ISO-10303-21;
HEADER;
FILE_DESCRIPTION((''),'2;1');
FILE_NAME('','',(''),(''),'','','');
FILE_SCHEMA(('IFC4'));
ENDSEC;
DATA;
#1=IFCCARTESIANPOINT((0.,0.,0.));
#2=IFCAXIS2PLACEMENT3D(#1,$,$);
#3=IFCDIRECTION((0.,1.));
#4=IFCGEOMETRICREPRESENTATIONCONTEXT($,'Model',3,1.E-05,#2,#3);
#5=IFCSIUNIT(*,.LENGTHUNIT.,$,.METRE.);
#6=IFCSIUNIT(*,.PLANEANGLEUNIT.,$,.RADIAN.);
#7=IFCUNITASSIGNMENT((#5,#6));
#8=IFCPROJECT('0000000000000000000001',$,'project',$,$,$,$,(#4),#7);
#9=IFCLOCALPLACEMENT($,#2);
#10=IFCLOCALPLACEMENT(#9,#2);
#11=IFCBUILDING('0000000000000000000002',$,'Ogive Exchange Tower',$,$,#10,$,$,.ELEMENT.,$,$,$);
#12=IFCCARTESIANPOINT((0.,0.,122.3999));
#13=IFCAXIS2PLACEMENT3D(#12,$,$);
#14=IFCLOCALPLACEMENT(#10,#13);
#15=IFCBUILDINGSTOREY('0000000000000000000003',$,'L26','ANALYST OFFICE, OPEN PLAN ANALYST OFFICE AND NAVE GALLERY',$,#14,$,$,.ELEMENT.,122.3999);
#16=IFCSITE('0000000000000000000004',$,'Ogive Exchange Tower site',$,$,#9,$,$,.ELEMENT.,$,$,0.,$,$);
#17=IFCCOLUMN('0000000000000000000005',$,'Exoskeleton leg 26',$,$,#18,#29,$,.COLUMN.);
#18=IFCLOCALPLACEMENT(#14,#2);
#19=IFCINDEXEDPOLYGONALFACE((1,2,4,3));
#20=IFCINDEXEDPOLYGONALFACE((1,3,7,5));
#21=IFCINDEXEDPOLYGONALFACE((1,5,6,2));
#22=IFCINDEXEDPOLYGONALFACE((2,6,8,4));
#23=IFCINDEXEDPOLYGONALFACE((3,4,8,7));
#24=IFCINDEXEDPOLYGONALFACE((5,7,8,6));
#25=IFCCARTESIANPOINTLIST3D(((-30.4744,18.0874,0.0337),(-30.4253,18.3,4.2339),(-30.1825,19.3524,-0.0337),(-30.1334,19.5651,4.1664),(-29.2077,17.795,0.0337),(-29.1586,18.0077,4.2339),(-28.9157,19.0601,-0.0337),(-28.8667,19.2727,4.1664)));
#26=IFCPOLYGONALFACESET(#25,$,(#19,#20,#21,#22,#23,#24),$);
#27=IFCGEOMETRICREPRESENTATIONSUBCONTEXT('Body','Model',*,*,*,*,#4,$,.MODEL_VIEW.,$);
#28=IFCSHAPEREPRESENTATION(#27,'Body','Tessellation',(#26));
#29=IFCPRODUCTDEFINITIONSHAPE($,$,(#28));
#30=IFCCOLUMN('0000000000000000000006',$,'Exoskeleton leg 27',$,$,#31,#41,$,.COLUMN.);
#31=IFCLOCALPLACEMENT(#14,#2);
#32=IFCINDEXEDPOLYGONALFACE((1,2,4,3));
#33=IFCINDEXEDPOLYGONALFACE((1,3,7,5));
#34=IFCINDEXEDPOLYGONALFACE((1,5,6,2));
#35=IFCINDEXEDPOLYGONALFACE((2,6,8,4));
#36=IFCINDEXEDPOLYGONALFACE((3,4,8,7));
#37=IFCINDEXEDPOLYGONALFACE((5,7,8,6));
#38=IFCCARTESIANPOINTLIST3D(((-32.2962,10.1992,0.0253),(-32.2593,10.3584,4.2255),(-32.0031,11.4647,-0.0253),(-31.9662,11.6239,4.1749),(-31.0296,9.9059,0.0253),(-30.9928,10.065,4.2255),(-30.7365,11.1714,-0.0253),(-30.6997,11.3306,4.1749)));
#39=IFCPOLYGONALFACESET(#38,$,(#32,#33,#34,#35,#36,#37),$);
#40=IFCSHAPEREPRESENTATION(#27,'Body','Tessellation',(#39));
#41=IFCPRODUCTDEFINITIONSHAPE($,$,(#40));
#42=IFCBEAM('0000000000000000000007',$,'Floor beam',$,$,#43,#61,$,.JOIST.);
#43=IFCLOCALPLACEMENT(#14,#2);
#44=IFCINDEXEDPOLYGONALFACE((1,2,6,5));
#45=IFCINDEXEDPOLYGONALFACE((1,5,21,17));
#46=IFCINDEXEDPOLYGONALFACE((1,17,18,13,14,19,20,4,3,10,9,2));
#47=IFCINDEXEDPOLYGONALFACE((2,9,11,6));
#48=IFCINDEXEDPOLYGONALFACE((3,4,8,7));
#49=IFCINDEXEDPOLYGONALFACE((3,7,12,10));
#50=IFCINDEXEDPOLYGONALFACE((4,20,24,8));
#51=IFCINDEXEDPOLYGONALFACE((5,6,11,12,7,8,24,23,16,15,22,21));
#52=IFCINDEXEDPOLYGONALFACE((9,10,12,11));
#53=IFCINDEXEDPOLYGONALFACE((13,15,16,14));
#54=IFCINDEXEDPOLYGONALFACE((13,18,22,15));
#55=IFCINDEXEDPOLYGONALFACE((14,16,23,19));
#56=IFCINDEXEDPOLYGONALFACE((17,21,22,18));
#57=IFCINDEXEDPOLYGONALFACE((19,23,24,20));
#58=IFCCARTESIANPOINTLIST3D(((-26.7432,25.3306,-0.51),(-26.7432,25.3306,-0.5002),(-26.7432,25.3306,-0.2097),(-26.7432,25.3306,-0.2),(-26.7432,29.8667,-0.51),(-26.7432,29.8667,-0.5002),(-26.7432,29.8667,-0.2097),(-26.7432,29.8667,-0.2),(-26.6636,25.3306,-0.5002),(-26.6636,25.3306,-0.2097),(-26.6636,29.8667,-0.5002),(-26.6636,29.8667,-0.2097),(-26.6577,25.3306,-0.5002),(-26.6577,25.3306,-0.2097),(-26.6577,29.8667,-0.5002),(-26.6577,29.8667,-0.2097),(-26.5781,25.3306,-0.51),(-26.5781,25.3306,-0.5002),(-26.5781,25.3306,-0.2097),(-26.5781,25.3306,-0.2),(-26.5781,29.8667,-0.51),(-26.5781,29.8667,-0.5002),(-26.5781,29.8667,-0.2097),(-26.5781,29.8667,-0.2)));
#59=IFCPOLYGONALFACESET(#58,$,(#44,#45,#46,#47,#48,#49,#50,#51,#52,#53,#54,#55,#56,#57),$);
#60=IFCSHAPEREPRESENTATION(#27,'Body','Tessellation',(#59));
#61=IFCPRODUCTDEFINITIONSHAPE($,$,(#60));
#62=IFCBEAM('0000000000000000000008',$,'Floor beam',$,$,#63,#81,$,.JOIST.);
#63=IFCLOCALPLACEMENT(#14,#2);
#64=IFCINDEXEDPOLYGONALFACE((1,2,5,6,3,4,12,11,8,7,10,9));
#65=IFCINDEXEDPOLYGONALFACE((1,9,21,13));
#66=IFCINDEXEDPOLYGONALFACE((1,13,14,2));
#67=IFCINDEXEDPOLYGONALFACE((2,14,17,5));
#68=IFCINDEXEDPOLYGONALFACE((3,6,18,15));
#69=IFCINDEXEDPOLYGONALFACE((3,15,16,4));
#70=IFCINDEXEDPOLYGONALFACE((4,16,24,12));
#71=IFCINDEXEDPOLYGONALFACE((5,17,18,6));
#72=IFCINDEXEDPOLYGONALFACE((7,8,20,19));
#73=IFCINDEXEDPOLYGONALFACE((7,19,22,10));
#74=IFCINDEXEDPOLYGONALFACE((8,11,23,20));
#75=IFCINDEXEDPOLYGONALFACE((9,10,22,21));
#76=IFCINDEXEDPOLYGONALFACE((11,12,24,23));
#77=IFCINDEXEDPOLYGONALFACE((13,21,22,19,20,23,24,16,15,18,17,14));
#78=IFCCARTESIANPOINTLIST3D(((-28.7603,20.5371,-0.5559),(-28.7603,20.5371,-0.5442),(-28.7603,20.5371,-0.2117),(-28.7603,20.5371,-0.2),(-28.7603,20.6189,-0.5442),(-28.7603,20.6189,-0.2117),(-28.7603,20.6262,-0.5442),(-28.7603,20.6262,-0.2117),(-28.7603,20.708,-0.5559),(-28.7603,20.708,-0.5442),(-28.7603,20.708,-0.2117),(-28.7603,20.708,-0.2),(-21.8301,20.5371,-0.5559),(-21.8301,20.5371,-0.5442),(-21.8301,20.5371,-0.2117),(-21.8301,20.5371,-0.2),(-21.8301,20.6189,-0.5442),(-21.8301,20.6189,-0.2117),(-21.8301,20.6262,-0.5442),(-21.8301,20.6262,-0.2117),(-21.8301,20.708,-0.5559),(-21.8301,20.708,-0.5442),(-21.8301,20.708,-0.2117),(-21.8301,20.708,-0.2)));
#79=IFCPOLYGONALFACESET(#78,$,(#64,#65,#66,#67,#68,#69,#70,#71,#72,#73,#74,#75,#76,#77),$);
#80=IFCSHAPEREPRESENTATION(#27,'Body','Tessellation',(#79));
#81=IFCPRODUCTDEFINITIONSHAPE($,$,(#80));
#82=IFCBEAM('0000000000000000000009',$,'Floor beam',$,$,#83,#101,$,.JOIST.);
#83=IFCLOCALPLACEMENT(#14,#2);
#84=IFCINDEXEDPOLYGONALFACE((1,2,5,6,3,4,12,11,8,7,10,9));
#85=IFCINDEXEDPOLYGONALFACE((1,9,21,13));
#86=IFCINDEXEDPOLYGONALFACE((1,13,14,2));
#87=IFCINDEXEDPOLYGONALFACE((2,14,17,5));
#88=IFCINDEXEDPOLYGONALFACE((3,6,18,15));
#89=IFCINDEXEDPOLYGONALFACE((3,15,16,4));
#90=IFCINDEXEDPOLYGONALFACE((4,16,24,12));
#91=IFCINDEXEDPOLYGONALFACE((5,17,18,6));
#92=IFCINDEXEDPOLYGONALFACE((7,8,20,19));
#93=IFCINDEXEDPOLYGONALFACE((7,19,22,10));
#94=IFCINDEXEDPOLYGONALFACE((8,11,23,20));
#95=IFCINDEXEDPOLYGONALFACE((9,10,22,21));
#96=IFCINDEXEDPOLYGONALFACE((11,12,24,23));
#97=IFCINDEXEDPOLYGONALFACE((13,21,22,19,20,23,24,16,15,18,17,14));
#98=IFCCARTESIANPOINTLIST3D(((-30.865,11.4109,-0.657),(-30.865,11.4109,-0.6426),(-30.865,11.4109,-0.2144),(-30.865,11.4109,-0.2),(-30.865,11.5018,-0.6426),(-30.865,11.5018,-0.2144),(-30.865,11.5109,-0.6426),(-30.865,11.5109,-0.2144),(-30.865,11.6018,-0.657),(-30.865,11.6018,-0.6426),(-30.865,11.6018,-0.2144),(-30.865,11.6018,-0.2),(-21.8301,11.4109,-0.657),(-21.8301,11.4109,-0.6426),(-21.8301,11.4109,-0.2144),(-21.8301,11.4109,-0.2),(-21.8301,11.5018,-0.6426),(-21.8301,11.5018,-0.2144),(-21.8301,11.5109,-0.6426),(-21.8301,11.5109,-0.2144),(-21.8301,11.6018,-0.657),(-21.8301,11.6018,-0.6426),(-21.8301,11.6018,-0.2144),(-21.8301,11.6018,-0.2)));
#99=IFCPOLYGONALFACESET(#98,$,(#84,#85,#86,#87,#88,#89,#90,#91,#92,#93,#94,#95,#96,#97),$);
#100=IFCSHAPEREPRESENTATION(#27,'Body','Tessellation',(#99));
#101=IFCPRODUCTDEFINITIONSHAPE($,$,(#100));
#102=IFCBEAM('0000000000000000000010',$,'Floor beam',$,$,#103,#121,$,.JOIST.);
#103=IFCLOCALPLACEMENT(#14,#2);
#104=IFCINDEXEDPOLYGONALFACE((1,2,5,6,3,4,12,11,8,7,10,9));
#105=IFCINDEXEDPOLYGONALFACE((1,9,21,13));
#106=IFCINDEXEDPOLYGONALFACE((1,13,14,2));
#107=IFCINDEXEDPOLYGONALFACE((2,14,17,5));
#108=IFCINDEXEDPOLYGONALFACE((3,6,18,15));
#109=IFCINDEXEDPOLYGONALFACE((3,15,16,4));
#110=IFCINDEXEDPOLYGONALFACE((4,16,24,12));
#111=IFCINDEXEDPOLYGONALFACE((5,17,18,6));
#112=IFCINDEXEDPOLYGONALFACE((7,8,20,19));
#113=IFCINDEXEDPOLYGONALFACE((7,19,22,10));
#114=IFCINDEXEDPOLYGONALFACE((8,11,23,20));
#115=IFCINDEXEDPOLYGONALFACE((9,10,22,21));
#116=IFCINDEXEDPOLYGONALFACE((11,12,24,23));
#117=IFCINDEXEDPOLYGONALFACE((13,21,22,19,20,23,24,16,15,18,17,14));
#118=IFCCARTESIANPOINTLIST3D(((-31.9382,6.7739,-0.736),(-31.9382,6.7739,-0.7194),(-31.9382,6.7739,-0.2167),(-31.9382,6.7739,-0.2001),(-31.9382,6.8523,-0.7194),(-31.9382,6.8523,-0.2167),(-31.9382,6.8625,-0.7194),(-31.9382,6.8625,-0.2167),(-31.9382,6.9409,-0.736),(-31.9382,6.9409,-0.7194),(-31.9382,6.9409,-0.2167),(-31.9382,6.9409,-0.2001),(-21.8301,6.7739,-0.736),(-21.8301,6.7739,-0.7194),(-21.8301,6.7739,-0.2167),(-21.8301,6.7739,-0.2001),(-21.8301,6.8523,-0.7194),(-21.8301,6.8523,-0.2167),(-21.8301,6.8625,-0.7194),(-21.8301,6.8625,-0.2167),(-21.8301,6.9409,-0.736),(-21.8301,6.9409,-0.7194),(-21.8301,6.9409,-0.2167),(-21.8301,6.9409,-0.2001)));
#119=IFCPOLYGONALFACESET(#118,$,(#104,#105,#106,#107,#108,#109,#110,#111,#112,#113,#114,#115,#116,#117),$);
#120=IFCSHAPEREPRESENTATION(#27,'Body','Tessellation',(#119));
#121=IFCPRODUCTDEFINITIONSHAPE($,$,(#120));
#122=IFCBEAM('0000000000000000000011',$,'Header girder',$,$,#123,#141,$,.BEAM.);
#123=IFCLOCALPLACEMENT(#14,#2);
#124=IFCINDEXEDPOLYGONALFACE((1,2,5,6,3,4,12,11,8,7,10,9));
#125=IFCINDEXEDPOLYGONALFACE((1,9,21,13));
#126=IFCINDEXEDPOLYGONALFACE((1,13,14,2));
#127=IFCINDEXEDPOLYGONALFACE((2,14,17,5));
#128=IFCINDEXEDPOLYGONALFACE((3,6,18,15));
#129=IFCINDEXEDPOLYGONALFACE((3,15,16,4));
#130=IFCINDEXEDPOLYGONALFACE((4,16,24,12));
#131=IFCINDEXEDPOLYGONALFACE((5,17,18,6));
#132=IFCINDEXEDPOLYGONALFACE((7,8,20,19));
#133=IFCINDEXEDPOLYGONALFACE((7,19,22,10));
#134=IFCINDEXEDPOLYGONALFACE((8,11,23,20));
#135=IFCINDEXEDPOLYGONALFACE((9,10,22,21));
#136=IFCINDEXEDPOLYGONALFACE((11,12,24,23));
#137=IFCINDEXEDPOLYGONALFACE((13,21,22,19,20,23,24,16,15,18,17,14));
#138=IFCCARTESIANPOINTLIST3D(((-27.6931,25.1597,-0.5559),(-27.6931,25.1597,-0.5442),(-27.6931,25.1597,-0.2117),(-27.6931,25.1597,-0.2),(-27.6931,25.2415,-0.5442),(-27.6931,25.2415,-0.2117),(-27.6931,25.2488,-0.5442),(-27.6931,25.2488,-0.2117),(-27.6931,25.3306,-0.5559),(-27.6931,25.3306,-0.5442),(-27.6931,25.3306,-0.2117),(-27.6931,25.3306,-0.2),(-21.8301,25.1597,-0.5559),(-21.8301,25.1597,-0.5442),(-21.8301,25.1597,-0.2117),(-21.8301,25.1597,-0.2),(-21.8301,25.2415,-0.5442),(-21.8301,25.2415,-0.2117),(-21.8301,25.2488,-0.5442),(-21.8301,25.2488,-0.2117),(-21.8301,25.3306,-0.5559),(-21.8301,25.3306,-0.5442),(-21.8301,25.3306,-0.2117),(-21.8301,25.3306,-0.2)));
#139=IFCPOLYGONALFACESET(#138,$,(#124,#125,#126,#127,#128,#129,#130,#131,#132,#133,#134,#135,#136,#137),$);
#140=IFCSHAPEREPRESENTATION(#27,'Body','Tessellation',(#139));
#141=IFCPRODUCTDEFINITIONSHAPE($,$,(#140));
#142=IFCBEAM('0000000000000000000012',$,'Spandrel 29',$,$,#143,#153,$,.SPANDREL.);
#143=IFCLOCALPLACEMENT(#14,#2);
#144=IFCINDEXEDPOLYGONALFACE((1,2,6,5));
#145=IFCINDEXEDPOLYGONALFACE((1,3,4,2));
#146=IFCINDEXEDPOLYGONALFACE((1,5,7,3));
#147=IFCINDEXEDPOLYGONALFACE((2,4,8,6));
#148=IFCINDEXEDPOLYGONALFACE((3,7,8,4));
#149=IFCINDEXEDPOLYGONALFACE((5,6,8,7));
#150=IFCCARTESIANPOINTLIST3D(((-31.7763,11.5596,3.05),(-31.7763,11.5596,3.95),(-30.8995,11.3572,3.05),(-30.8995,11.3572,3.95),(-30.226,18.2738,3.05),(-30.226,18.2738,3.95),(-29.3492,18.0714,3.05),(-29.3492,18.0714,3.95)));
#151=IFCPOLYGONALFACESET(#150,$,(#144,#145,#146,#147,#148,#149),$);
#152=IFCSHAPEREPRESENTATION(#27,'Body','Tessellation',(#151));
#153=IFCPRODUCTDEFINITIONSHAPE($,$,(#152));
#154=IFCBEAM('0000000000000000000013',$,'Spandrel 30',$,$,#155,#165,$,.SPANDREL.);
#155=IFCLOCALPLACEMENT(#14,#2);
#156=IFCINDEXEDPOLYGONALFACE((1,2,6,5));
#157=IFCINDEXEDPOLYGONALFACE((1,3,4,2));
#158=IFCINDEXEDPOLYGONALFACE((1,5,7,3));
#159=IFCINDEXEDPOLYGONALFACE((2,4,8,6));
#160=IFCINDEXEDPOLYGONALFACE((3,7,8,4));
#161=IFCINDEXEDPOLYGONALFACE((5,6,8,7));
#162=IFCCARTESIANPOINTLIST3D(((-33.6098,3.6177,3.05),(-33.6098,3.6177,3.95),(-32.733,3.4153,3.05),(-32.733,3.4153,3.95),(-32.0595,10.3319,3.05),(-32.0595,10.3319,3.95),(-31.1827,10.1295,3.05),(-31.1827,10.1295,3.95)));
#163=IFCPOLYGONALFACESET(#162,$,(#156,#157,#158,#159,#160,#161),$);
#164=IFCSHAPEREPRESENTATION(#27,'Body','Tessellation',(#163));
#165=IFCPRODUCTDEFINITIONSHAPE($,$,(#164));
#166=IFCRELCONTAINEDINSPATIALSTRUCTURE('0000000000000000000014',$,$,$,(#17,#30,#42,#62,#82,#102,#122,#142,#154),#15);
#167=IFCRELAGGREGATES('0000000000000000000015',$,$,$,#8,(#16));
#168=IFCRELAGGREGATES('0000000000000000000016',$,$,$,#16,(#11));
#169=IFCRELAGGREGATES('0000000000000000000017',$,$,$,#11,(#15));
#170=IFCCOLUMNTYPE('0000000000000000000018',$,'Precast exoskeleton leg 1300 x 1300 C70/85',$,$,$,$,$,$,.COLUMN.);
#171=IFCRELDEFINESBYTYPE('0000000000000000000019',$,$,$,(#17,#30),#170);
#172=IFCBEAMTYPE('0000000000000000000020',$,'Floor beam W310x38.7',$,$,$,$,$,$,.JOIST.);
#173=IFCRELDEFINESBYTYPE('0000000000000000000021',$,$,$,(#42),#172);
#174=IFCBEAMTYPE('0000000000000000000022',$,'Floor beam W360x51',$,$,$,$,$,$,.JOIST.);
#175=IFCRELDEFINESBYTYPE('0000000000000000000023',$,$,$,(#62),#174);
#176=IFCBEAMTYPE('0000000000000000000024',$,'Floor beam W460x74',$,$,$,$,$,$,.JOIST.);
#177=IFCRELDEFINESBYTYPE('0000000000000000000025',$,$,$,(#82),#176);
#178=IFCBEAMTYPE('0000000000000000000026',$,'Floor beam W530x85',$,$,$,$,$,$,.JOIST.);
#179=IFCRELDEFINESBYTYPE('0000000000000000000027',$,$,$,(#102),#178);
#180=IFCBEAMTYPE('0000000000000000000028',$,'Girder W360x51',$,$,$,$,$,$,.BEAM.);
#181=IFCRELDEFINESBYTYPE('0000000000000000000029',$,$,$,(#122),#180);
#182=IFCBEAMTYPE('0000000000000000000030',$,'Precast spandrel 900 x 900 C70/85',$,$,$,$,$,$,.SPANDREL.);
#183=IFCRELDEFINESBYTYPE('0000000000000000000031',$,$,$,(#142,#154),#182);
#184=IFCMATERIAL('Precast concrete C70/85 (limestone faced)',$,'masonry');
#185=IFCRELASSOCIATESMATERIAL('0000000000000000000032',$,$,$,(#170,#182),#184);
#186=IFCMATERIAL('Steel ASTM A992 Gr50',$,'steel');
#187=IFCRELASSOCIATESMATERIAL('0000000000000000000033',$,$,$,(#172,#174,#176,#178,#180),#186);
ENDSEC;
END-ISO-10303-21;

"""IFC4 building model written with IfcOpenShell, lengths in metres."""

from ifc_helpers import new_model, si_unit, direction, frame, origin, origin_2d, place, context, subcontext, project, spatial, rectangle, i_section, extrude, material, material_profile, profile_set, type_object, element, save


model = new_model("IFC4")

# Units and contexts
model_context = context("Model", 3, precision=1e-05, world=origin(), true_north=direction((0.0, 1.0)))
body_context = subcontext(model_context, "Body", "Model", "MODEL_VIEW")
ifc_project = project(units=[si_unit("LENGTHUNIT", "METRE"), si_unit("PLANEANGLEUNIT", "RADIAN")], contexts=[model_context])

# Site, building, storey
site_placement = place(None, origin())
site = spatial("IfcSite", under=ifc_project, at=site_placement, Name="Ogive Exchange Tower site", CompositionType="ELEMENT", RefElevation=0.0)
building_placement = place(site_placement, origin())
building = spatial("IfcBuilding", under=site, at=building_placement, Name="Ogive Exchange Tower", CompositionType="ELEMENT")
storey_placement = place(building_placement, frame((0.0, 0.0, 122.3999)))
storey = spatial("IfcBuildingStorey", under=building, at=storey_placement, Name="L26", Description="ANALYST OFFICE, OPEN PLAN ANALYST OFFICE AND NAVE GALLERY", CompositionType="ELEMENT", Elevation=122.3999)

# Columns
ifc_material_1 = material(Name="Precast concrete C70/85 (limestone faced)", Category="masonry")
ifc_material_profile_1 = material_profile(ifc_material_1, rectangle(XDim=1.3, YDim=1.3, at=origin_2d()), Name="1300 x 1300")
ifc_profile_set_1 = profile_set([ifc_material_profile_1], Name="Precast concrete C70/85 (limestone faced)")
column_type = type_object("IfcColumnType", Name="Precast exoskeleton leg 1300 x 1300 C70/85", PredefinedType="COLUMN", material=ifc_profile_set_1)
column_1_placement = place(storey_placement, frame((-29.6951, 18.5737, 0.0), z_axis=(0.011668, 0.05056, 0.998653), x_axis=(-0.974391, 0.22486, 0.0)))
element("IfcColumn", 1, at=column_1_placement, inside=storey, type_object=column_type, Name="Exoskeleton leg 26", PredefinedType="COLUMN", context=body_context, shape_type="SweptSolid", body=[
    extrude(rectangle(XDim=1.3, YDim=1.3, at=origin_2d()), origin(), (0.0, 0.0, 1.0), 4.2058),
])
column_2_placement = place(storey_placement, frame((-31.5164, 10.6853, 0.0), z_axis=(0.00877, 0.03787, 0.999244), x_axis=(-0.974215, 0.225623, 0.0)))
element("IfcColumn", 2, at=column_2_placement, inside=storey, type_object=column_type, Name="Exoskeleton leg 27", PredefinedType="COLUMN", context=body_context, shape_type="SweptSolid", body=[
    extrude(rectangle(XDim=1.3, YDim=1.3, at=origin_2d()), origin(), (0.0, 0.0, 1.0), 4.2034),
])

# Beams
ifc_material_2 = material(Name="Steel ASTM A992 Gr50", Category="steel")
ifc_material_profile_2 = material_profile(ifc_material_2, i_section(OverallWidth=0.165, OverallDepth=0.3101, WebThickness=0.0059, FlangeThickness=0.0098, at=origin_2d()), Name="W310x38.7")
ifc_profile_set_2 = profile_set([ifc_material_profile_2], Name="Steel ASTM A992 Gr50")
beam_type_1 = type_object("IfcBeamType", Name="Floor beam W310x38.7", PredefinedType="JOIST", material=ifc_profile_set_2)
beam_1_placement = place(storey_placement, frame((-26.6606, 25.3306, -0.355), z_axis=(0.0, 1.0, 0.0), x_axis=(-1.0, 0.0, 0.0)))
element("IfcBeam", 3, at=beam_1_placement, inside=storey, type_object=beam_type_1, Name="Floor beam", PredefinedType="JOIST", context=body_context, shape_type="SweptSolid", body=[
    extrude(i_section(OverallWidth=0.165, OverallDepth=0.3101, WebThickness=0.0059, FlangeThickness=0.0098, at=origin_2d()), origin(), (0.0, 0.0, 1.0), 4.5361),
])
ifc_material_profile_3 = material_profile(ifc_material_2, i_section(OverallWidth=0.1709, OverallDepth=0.356, WebThickness=0.0073, FlangeThickness=0.0117, at=origin_2d()), Name="W360x51")
ifc_profile_set_3 = profile_set([ifc_material_profile_3], Name="Steel ASTM A992 Gr50")
beam_type_2 = type_object("IfcBeamType", Name="Floor beam W360x51", PredefinedType="JOIST", material=ifc_profile_set_3)
beam_2_placement = place(storey_placement, frame((-28.7603, 20.6226, -0.3779), z_axis=(1.0, 0.0, 0.0), x_axis=(0.0, 1.0, 0.0)))
element("IfcBeam", 4, at=beam_2_placement, inside=storey, type_object=beam_type_2, Name="Floor beam", PredefinedType="JOIST", context=body_context, shape_type="SweptSolid", body=[
    extrude(i_section(OverallWidth=0.1709, OverallDepth=0.356, WebThickness=0.0073, FlangeThickness=0.0117, at=origin_2d()), origin(), (0.0, 0.0, 1.0), 6.9302),
])
ifc_material_profile_4 = material_profile(ifc_material_2, i_section(OverallWidth=0.1909, OverallDepth=0.457, WebThickness=0.009, FlangeThickness=0.0144, at=origin_2d()), Name="W460x74")
ifc_profile_set_4 = profile_set([ifc_material_profile_4], Name="Steel ASTM A992 Gr50")
beam_type_3 = type_object("IfcBeamType", Name="Floor beam W460x74", PredefinedType="JOIST", material=ifc_profile_set_4)
beam_3_placement = place(storey_placement, frame((-30.865, 11.5063, -0.4285), z_axis=(1.0, 0.0, 0.0), x_axis=(0.0, 1.0, 0.0)))
element("IfcBeam", 5, at=beam_3_placement, inside=storey, type_object=beam_type_3, Name="Floor beam", PredefinedType="JOIST", context=body_context, shape_type="SweptSolid", body=[
    extrude(i_section(OverallWidth=0.1909, OverallDepth=0.457, WebThickness=0.009, FlangeThickness=0.0144, at=origin_2d()), origin(), (0.0, 0.0, 1.0), 9.0349),
])
ifc_material_profile_5 = material_profile(ifc_material_2, i_section(OverallWidth=0.167, OverallDepth=0.5359, WebThickness=0.0103, FlangeThickness=0.0166, at=origin_2d()), Name="W530x85")
ifc_profile_set_5 = profile_set([ifc_material_profile_5], Name="Steel ASTM A992 Gr50")
beam_type_4 = type_object("IfcBeamType", Name="Floor beam W530x85", PredefinedType="JOIST", material=ifc_profile_set_5)
beam_4_placement = place(storey_placement, frame((-31.9382, 6.8574, -0.468), z_axis=(1.0, 0.0, 0.0), x_axis=(0.0, 1.0, 0.0)))
element("IfcBeam", 6, at=beam_4_placement, inside=storey, type_object=beam_type_4, Name="Floor beam", PredefinedType="JOIST", context=body_context, shape_type="SweptSolid", body=[
    extrude(i_section(OverallWidth=0.167, OverallDepth=0.5359, WebThickness=0.0103, FlangeThickness=0.0166, at=origin_2d()), origin(), (0.0, 0.0, 1.0), 10.1082),
])
ifc_material_profile_6 = material_profile(ifc_material_2, i_section(OverallWidth=0.1709, OverallDepth=0.356, WebThickness=0.0073, FlangeThickness=0.0117, at=origin_2d()), Name="W360x51")
ifc_profile_set_6 = profile_set([ifc_material_profile_6], Name="Steel ASTM A992 Gr50")
beam_type_5 = type_object("IfcBeamType", Name="Girder W360x51", PredefinedType="BEAM", material=ifc_profile_set_6)
beam_5_placement = place(storey_placement, frame((-27.6931, 25.2451, -0.3779), z_axis=(1.0, 0.0, 0.0), x_axis=(0.0, 1.0, 0.0)))
element("IfcBeam", 7, at=beam_5_placement, inside=storey, type_object=beam_type_5, Name="Header girder", PredefinedType="BEAM", context=body_context, shape_type="SweptSolid", body=[
    extrude(i_section(OverallWidth=0.1709, OverallDepth=0.356, WebThickness=0.0073, FlangeThickness=0.0117, at=origin_2d()), origin(), (0.0, 0.0, 1.0), 5.863),
])
ifc_material_profile_7 = material_profile(ifc_material_1, rectangle(XDim=0.8999, YDim=0.8999, at=origin_2d()), Name="900 x 900")
ifc_profile_set_7 = profile_set([ifc_material_profile_7], Name="Precast concrete C70/85 (limestone faced)")
beam_type_6 = type_object("IfcBeamType", Name="Precast spandrel 900 x 900 C70/85", PredefinedType="SPANDREL", material=ifc_profile_set_7)
for number, where, z_axis, x_axis, name in (
    (8, (-29.7876, 18.1726, 3.5), (-0.224981, -0.974363, 0.0), (0.974363, -0.224981, 0.0), "Spandrel 29"),
    (9, (-31.6211, 10.2307, 3.5), (-0.224981, -0.974363, 0.0), (0.974363, -0.224981, 0.0), "Spandrel 30"),
):
    element("IfcBeam", number, at=place(storey_placement, frame(where, z_axis=z_axis, x_axis=x_axis)), inside=storey, type_object=beam_type_6, Name=name, PredefinedType="SPANDREL", context=body_context, shape_type="SweptSolid", body=[
        extrude(rectangle(XDim=0.8999, YDim=0.8999, at=origin_2d()), origin(), (0.0, 0.0, 1.0), 6.8909),
    ])

save(model, "model.ifc")
